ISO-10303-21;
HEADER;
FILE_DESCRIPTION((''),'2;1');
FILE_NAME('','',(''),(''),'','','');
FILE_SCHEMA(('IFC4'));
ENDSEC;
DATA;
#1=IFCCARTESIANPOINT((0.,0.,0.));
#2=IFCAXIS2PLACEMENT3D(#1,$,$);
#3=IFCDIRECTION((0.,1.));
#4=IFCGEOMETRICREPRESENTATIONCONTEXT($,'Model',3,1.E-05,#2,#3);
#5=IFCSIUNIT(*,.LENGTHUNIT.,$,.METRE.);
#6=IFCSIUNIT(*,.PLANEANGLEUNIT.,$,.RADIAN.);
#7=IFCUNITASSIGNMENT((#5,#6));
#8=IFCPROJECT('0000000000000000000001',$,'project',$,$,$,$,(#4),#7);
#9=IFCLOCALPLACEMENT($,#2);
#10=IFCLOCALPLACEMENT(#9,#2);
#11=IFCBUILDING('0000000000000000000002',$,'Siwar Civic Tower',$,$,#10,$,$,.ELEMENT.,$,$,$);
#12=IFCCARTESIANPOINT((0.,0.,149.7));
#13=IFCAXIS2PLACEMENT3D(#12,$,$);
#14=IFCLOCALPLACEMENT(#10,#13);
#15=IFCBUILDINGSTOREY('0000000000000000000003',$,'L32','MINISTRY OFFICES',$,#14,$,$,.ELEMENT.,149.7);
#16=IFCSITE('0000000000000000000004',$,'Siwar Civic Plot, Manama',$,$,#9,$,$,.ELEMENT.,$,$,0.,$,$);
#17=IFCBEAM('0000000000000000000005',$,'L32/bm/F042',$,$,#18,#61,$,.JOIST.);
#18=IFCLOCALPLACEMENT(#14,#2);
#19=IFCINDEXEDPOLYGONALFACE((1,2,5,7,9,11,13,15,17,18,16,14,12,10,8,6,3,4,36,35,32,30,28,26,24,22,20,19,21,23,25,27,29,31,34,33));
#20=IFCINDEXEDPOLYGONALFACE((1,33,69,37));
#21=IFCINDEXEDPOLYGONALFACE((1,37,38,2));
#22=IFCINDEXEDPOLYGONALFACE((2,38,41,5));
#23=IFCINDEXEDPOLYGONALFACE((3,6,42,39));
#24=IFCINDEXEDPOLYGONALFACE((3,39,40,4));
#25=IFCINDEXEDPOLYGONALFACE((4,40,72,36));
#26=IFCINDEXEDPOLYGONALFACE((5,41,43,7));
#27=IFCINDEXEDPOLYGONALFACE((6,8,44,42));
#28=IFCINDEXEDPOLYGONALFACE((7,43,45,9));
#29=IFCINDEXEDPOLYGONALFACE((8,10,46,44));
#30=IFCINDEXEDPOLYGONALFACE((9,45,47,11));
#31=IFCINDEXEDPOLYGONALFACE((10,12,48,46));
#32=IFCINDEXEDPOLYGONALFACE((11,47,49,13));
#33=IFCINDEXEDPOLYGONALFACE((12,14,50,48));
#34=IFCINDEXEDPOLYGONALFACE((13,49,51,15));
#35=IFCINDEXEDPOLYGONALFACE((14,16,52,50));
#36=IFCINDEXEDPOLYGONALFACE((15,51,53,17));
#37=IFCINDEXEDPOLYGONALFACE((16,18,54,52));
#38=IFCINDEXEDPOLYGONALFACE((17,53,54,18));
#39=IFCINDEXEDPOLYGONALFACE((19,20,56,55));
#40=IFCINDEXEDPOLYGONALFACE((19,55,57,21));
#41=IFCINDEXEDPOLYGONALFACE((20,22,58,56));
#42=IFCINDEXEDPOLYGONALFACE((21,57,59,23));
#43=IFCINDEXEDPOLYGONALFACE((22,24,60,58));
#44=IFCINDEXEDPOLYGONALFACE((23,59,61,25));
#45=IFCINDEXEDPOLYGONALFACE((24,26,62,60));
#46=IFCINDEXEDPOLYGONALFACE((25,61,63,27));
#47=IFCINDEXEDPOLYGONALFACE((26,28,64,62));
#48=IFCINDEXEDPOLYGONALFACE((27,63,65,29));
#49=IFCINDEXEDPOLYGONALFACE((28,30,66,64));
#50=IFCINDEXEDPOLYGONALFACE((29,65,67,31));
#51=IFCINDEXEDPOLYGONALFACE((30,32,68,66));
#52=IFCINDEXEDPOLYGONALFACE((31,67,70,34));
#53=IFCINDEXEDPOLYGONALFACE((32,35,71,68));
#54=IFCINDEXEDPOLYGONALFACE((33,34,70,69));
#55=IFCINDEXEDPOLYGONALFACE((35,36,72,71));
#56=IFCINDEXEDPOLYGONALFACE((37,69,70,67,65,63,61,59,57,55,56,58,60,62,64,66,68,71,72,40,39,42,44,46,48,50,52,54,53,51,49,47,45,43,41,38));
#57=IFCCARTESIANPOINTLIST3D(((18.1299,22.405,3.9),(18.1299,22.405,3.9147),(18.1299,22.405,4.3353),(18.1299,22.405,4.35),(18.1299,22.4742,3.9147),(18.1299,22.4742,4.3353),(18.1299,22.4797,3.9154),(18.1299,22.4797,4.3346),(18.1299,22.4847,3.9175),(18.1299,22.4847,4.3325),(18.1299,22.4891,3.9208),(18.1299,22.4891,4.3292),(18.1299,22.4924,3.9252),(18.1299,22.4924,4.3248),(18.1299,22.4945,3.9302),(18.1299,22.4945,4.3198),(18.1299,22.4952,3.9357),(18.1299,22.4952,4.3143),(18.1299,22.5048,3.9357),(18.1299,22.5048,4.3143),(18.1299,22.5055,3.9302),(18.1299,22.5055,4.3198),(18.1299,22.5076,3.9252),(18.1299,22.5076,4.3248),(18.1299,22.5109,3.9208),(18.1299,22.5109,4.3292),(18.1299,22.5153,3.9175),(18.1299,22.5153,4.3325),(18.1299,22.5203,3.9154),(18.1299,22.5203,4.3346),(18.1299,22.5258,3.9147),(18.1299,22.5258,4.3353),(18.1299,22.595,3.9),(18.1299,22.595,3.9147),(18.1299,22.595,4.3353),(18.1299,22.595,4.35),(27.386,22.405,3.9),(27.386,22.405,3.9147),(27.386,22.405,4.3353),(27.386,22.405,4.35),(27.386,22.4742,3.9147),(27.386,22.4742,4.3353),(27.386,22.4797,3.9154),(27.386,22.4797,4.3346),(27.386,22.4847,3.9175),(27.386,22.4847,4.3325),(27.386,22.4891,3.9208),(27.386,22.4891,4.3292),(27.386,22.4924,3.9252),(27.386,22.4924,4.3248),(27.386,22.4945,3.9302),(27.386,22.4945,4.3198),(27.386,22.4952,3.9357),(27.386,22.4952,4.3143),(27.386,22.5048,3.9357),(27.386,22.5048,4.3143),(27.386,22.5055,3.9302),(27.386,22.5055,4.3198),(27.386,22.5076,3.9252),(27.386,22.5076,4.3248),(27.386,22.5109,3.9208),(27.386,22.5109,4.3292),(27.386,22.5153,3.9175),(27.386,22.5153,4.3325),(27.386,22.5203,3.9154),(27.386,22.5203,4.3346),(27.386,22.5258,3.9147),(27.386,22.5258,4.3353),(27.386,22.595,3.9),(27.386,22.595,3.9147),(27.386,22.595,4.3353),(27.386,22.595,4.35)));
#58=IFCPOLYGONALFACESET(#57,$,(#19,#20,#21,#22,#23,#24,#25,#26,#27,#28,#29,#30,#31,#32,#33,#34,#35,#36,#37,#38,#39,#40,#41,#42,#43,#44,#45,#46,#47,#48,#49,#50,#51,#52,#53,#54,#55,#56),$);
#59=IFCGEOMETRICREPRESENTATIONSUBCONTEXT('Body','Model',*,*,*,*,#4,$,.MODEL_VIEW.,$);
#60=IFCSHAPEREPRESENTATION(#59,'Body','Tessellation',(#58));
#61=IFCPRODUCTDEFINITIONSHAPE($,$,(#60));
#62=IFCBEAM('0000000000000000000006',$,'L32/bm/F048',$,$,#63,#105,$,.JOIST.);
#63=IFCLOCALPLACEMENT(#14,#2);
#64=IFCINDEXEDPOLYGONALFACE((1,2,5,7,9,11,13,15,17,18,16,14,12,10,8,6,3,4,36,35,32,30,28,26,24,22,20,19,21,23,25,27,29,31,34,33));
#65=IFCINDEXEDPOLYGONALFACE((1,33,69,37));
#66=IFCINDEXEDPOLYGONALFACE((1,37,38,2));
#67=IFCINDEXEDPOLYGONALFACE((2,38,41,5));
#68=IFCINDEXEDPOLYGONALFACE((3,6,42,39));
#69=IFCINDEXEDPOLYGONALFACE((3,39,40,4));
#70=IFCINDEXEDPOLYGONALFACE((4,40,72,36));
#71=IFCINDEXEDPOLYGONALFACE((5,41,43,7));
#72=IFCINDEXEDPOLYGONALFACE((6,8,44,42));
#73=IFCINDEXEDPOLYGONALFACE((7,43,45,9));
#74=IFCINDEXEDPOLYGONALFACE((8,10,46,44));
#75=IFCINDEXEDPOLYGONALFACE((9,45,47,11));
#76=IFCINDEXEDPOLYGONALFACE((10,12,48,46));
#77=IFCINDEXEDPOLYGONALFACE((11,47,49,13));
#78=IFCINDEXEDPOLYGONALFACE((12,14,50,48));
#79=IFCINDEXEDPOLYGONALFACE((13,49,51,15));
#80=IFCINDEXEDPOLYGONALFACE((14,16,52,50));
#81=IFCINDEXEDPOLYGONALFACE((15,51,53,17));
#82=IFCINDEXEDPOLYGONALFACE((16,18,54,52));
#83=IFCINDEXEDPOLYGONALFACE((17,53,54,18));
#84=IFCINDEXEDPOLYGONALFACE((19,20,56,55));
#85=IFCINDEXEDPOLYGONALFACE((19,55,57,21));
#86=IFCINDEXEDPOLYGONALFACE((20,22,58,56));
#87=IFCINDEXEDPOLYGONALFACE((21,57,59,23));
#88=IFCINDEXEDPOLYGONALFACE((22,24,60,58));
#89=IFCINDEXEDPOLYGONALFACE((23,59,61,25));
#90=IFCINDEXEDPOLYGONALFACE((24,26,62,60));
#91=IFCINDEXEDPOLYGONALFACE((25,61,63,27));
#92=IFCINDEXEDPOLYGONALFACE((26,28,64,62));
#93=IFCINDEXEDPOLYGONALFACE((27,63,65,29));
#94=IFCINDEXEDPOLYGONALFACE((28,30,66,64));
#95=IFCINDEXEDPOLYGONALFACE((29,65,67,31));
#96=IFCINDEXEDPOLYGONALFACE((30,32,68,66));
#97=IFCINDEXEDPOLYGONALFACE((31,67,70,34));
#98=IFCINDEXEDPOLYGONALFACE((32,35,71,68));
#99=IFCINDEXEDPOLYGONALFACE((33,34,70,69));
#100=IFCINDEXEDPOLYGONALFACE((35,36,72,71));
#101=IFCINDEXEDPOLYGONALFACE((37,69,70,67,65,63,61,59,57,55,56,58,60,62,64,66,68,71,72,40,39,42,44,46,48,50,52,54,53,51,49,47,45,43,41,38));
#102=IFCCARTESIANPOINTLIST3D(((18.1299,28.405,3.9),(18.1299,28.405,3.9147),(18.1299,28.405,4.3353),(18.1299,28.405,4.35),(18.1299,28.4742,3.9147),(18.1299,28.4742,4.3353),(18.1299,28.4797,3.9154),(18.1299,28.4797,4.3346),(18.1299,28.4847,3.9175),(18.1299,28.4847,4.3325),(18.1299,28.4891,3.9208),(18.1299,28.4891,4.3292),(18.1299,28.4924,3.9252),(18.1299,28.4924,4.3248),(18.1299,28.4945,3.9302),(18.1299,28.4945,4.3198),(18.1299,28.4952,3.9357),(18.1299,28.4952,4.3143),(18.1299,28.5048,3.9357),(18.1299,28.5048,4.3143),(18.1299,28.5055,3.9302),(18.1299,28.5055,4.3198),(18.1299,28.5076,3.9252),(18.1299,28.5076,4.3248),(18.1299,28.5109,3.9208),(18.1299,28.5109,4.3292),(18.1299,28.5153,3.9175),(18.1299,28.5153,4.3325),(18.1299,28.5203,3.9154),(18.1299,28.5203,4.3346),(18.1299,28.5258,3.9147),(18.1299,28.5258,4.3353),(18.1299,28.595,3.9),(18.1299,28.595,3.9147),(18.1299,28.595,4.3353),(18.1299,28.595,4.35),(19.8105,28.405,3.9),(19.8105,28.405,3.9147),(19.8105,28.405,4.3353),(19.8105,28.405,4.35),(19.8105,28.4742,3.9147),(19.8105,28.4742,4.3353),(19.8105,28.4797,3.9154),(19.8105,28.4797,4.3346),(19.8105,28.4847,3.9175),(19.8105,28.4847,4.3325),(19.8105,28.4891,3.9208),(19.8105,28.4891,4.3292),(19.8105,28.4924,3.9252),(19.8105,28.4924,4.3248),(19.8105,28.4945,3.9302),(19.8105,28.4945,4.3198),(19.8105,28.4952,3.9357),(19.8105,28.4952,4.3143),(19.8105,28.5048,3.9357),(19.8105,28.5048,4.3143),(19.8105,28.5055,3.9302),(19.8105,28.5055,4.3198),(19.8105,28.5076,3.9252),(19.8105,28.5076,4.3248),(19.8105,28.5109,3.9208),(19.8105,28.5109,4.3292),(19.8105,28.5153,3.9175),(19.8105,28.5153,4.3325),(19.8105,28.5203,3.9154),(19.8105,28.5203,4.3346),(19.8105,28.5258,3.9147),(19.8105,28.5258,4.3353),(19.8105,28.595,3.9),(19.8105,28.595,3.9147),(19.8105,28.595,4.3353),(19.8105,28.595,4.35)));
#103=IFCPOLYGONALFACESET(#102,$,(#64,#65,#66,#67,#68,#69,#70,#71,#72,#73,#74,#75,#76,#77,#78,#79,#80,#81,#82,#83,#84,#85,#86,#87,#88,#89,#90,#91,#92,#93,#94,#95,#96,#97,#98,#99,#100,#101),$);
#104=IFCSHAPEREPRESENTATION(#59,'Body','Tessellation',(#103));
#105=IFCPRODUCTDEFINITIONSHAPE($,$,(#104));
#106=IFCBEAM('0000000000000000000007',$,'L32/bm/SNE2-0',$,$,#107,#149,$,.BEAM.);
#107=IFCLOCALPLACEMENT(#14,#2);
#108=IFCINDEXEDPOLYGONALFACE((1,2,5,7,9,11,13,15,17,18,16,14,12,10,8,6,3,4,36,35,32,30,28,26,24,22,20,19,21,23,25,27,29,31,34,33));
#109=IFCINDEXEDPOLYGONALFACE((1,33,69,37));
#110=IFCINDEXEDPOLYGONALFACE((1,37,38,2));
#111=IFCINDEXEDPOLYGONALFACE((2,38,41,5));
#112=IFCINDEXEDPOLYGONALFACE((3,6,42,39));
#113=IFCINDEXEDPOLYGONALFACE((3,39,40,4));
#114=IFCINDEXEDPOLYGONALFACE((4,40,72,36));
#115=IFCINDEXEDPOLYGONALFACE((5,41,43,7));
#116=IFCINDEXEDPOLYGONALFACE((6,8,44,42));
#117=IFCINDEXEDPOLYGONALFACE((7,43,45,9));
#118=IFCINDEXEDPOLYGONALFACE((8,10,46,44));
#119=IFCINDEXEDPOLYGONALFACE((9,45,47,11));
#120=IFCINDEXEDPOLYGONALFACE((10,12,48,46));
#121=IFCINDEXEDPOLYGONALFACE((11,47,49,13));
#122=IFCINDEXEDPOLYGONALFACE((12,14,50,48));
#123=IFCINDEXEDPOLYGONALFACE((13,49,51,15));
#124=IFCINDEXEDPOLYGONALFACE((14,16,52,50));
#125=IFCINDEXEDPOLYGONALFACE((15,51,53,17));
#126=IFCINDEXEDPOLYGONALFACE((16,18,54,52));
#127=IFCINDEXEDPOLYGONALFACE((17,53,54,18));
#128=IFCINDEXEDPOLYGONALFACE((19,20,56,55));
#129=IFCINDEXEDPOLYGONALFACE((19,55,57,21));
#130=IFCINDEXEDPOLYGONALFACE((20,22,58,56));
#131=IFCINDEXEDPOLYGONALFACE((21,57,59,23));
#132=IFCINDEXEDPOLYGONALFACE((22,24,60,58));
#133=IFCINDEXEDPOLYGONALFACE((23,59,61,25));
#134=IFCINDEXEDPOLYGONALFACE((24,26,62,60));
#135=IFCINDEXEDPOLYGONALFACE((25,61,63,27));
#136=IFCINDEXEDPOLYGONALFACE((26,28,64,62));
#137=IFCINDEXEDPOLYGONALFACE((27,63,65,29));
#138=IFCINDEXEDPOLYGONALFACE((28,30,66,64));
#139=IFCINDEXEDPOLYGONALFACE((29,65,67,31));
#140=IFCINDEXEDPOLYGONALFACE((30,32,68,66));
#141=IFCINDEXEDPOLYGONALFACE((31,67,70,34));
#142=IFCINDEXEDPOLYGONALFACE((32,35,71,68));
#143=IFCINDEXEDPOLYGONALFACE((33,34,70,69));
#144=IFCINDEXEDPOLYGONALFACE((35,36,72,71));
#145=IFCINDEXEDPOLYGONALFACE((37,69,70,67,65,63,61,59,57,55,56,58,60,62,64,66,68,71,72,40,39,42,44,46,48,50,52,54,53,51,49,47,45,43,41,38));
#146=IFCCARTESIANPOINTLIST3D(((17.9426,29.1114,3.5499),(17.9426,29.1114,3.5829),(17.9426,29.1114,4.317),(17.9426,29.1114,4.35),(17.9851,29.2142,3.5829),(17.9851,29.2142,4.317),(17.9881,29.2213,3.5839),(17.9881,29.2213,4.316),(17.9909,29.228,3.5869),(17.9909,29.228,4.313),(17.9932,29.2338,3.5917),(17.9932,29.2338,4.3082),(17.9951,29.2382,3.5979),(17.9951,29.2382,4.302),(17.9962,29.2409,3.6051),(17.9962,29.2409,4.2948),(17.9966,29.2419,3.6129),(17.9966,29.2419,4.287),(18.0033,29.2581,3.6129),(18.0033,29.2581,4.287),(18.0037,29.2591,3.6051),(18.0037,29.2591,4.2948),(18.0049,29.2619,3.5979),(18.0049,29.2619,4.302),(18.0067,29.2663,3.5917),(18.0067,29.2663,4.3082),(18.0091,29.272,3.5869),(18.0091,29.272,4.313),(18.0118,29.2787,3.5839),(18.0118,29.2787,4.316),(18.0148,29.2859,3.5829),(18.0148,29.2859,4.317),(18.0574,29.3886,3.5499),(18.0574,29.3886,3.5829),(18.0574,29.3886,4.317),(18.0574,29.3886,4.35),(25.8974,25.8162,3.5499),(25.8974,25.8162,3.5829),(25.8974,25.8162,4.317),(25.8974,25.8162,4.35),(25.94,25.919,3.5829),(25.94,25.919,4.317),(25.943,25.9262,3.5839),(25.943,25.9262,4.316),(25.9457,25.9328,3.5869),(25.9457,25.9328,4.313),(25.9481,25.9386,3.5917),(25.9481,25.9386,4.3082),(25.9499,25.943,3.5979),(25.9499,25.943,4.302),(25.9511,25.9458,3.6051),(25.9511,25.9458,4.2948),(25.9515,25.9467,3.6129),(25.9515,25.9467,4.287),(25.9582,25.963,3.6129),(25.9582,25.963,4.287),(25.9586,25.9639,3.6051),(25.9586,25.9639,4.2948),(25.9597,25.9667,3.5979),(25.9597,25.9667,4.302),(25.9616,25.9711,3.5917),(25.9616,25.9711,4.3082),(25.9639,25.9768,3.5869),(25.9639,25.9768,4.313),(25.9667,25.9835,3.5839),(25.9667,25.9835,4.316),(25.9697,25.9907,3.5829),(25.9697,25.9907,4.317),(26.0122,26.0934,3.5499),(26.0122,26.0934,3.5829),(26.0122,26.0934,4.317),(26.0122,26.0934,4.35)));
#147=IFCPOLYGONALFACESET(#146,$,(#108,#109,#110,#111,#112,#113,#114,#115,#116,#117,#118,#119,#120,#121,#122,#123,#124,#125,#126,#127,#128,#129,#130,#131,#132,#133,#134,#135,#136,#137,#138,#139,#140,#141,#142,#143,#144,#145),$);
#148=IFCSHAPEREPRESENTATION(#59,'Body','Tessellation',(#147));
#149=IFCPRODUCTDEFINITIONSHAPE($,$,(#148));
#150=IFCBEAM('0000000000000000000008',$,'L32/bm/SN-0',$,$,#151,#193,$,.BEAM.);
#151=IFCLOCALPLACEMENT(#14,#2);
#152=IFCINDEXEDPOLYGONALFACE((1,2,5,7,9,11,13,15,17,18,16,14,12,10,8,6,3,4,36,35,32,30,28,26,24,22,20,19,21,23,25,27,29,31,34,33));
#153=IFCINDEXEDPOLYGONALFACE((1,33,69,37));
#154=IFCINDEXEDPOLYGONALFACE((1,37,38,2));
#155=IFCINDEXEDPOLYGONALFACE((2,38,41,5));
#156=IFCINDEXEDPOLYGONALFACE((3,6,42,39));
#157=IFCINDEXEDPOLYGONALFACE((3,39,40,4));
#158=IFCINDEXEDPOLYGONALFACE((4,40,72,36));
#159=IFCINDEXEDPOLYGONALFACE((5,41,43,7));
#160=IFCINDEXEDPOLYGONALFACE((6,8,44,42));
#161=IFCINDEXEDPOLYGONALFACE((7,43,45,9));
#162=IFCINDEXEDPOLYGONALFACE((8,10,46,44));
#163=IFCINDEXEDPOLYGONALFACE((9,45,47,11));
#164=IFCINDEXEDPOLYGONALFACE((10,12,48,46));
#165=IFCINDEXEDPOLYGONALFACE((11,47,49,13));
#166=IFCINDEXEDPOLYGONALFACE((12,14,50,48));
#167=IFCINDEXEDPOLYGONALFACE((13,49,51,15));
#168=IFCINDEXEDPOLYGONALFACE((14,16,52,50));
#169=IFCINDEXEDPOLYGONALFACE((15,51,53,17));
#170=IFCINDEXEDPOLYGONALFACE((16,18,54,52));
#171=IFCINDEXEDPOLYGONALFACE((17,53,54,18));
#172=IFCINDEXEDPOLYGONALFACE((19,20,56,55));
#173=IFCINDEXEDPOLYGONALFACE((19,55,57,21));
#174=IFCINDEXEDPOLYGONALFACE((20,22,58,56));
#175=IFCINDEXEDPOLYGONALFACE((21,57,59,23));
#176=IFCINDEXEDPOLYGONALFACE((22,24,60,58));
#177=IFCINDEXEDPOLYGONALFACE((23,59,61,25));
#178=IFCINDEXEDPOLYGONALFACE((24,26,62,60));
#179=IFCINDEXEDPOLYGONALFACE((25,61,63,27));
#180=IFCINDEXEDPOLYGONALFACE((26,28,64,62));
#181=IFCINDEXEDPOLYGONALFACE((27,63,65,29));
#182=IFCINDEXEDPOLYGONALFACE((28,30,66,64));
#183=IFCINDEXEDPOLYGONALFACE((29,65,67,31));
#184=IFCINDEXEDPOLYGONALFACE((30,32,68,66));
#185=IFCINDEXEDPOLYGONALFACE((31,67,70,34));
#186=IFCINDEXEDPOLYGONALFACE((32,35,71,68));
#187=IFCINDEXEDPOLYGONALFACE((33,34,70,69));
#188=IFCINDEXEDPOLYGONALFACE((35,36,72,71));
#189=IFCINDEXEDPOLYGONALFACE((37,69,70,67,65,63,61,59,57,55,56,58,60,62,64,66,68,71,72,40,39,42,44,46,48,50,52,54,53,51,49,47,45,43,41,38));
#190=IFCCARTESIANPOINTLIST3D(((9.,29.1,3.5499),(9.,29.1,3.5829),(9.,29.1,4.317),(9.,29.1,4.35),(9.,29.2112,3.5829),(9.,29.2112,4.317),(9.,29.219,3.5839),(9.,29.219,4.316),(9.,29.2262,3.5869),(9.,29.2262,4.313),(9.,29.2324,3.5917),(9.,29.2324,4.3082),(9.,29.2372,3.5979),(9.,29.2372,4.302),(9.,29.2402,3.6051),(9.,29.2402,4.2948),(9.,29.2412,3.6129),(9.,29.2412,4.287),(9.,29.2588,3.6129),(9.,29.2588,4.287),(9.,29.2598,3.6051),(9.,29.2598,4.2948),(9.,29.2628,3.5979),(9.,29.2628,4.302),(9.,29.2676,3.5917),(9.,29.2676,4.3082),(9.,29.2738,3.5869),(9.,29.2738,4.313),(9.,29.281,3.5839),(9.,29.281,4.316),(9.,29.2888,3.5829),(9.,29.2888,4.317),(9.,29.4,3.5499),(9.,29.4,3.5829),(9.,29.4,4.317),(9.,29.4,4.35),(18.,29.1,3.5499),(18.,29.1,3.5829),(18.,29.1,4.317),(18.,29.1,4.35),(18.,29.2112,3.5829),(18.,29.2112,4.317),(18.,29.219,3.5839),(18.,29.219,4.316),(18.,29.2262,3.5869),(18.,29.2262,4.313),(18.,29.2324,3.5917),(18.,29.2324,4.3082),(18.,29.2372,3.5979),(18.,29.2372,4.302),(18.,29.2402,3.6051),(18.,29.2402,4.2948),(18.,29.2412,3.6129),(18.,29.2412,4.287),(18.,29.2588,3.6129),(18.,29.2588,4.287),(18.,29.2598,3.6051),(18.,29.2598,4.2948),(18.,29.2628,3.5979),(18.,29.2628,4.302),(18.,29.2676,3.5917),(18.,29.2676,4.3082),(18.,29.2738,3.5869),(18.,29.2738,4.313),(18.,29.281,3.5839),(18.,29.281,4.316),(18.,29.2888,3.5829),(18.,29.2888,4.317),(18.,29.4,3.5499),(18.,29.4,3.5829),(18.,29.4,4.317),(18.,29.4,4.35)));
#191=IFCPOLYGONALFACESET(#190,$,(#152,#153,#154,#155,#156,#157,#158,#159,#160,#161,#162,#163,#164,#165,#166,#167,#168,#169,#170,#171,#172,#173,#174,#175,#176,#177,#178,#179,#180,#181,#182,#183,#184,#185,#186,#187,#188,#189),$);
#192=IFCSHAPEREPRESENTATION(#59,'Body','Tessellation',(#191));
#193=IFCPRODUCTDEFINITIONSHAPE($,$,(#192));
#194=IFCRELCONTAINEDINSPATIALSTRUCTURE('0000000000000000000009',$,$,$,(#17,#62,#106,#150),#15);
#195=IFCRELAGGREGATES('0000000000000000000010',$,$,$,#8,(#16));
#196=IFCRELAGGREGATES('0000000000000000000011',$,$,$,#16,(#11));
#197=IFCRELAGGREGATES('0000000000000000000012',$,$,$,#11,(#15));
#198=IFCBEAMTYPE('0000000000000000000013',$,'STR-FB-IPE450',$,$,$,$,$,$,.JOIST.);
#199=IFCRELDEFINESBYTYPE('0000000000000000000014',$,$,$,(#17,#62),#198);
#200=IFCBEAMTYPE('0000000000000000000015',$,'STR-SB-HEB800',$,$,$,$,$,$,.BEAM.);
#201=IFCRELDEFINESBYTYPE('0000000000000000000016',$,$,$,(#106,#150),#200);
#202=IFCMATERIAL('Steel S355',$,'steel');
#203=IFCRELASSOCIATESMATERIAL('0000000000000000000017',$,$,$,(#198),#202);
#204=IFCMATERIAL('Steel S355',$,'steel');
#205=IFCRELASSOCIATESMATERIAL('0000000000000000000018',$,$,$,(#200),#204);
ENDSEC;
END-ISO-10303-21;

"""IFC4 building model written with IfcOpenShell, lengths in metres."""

from ifc_helpers import new_model, si_unit, direction, frame, origin, origin_2d, place, context, subcontext, project, spatial, i_section, extrude, material, material_profile, profile_set, type_object, element, save


model = new_model("IFC4")

# Units and contexts
model_context = context("Model", 3, precision=1e-05, world=origin(), true_north=direction((0.0, 1.0)))
body_context = subcontext(model_context, "Body", "Model", "MODEL_VIEW")
ifc_project = project(units=[si_unit("LENGTHUNIT", "METRE"), si_unit("PLANEANGLEUNIT", "RADIAN")], contexts=[model_context])

# Site, building, storey
site_placement = place(None, origin())
site = spatial("IfcSite", under=ifc_project, at=site_placement, Name="Siwar Civic Plot, Manama", CompositionType="ELEMENT", RefElevation=0.0)
building_placement = place(site_placement, origin())
building = spatial("IfcBuilding", under=site, at=building_placement, Name="Siwar Civic Tower", CompositionType="ELEMENT")
storey_placement = place(building_placement, frame((0.0, 0.0, 149.7)))
storey = spatial("IfcBuildingStorey", under=building, at=storey_placement, Name="L32", Description="MINISTRY OFFICES", CompositionType="ELEMENT", Elevation=149.7)

# Beams
ifc_material_1 = material(Name="Steel S355", Category="steel")
ifc_material_profile_1 = material_profile(ifc_material_1, i_section(OverallWidth=0.1899, OverallDepth=0.45, WebThickness=0.0095, FlangeThickness=0.0146, FilletRadius=0.021, at=origin_2d()), Name="IPE450")
ifc_profile_set_1 = profile_set([ifc_material_profile_1], Name="Steel S355")
beam_type_1 = type_object("IfcBeamType", Name="STR-FB-IPE450", PredefinedType="JOIST", material=ifc_profile_set_1)
beam_1_placement = place(storey_placement, frame((18.1299, 22.5, 4.125), z_axis=(1.0, 0.0, 0.0), x_axis=(0.0, 1.0, 0.0)))
element("IfcBeam", 1, at=beam_1_placement, inside=storey, type_object=beam_type_1, Name="L32/bm/F042", PredefinedType="JOIST", context=body_context, shape_type="SweptSolid", body=[
    extrude(i_section(OverallWidth=0.1899, OverallDepth=0.45, WebThickness=0.0095, FlangeThickness=0.0146, FilletRadius=0.021, at=origin_2d()), origin(), (0.0, 0.0, 1.0), 9.2561),
])
beam_2_placement = place(storey_placement, frame((18.1299, 28.5, 4.125), z_axis=(1.0, 0.0, 0.0), x_axis=(0.0, 1.0, 0.0)))
element("IfcBeam", 2, at=beam_2_placement, inside=storey, type_object=beam_type_1, Name="L32/bm/F048", PredefinedType="JOIST", context=body_context, shape_type="SweptSolid", body=[
    extrude(i_section(OverallWidth=0.1899, OverallDepth=0.45, WebThickness=0.0095, FlangeThickness=0.0146, FilletRadius=0.021, at=origin_2d()), origin(), (0.0, 0.0, 1.0), 1.6807),
])
ifc_material_2 = material(Name="Steel S355", Category="steel")
ifc_material_profile_2 = material_profile(ifc_material_2, i_section(OverallWidth=0.3, OverallDepth=0.8, WebThickness=0.0176, FlangeThickness=0.033, FilletRadius=0.03, at=origin_2d()), Name="HEB800")
ifc_profile_set_2 = profile_set([ifc_material_profile_2], Name="Steel S355")
beam_type_2 = type_object("IfcBeamType", Name="STR-SB-HEB800", PredefinedType="BEAM", material=ifc_profile_set_2)
beam_3_placement = place(storey_placement, frame((25.9548, 25.9548, 3.95), z_axis=(-0.923873, 0.3827, 0.0), x_axis=(-0.3827, -0.923873, 0.0)))
element("IfcBeam", 3, at=beam_3_placement, inside=storey, type_object=beam_type_2, Name="L32/bm/SNE2-0", PredefinedType="BEAM", context=body_context, shape_type="SweptSolid", body=[
    extrude(i_section(OverallWidth=0.3, OverallDepth=0.8, WebThickness=0.0176, FlangeThickness=0.033, FilletRadius=0.03, at=origin_2d()), origin(), (0.0, 0.0, 1.0), 8.6104),
])
beam_4_placement = place(storey_placement, frame((18.0, 29.25, 3.95), z_axis=(-1.0, 0.0, 0.0), x_axis=(0.0, -1.0, 0.0)))
element("IfcBeam", 4, at=beam_4_placement, inside=storey, type_object=beam_type_2, Name="L32/bm/SN-0", PredefinedType="BEAM", context=body_context, shape_type="SweptSolid", body=[
    extrude(i_section(OverallWidth=0.3, OverallDepth=0.8, WebThickness=0.0176, FlangeThickness=0.033, FilletRadius=0.03, at=origin_2d()), origin(), (0.0, 0.0, 1.0), 9.0),
])

save(model, "model.ifc")
